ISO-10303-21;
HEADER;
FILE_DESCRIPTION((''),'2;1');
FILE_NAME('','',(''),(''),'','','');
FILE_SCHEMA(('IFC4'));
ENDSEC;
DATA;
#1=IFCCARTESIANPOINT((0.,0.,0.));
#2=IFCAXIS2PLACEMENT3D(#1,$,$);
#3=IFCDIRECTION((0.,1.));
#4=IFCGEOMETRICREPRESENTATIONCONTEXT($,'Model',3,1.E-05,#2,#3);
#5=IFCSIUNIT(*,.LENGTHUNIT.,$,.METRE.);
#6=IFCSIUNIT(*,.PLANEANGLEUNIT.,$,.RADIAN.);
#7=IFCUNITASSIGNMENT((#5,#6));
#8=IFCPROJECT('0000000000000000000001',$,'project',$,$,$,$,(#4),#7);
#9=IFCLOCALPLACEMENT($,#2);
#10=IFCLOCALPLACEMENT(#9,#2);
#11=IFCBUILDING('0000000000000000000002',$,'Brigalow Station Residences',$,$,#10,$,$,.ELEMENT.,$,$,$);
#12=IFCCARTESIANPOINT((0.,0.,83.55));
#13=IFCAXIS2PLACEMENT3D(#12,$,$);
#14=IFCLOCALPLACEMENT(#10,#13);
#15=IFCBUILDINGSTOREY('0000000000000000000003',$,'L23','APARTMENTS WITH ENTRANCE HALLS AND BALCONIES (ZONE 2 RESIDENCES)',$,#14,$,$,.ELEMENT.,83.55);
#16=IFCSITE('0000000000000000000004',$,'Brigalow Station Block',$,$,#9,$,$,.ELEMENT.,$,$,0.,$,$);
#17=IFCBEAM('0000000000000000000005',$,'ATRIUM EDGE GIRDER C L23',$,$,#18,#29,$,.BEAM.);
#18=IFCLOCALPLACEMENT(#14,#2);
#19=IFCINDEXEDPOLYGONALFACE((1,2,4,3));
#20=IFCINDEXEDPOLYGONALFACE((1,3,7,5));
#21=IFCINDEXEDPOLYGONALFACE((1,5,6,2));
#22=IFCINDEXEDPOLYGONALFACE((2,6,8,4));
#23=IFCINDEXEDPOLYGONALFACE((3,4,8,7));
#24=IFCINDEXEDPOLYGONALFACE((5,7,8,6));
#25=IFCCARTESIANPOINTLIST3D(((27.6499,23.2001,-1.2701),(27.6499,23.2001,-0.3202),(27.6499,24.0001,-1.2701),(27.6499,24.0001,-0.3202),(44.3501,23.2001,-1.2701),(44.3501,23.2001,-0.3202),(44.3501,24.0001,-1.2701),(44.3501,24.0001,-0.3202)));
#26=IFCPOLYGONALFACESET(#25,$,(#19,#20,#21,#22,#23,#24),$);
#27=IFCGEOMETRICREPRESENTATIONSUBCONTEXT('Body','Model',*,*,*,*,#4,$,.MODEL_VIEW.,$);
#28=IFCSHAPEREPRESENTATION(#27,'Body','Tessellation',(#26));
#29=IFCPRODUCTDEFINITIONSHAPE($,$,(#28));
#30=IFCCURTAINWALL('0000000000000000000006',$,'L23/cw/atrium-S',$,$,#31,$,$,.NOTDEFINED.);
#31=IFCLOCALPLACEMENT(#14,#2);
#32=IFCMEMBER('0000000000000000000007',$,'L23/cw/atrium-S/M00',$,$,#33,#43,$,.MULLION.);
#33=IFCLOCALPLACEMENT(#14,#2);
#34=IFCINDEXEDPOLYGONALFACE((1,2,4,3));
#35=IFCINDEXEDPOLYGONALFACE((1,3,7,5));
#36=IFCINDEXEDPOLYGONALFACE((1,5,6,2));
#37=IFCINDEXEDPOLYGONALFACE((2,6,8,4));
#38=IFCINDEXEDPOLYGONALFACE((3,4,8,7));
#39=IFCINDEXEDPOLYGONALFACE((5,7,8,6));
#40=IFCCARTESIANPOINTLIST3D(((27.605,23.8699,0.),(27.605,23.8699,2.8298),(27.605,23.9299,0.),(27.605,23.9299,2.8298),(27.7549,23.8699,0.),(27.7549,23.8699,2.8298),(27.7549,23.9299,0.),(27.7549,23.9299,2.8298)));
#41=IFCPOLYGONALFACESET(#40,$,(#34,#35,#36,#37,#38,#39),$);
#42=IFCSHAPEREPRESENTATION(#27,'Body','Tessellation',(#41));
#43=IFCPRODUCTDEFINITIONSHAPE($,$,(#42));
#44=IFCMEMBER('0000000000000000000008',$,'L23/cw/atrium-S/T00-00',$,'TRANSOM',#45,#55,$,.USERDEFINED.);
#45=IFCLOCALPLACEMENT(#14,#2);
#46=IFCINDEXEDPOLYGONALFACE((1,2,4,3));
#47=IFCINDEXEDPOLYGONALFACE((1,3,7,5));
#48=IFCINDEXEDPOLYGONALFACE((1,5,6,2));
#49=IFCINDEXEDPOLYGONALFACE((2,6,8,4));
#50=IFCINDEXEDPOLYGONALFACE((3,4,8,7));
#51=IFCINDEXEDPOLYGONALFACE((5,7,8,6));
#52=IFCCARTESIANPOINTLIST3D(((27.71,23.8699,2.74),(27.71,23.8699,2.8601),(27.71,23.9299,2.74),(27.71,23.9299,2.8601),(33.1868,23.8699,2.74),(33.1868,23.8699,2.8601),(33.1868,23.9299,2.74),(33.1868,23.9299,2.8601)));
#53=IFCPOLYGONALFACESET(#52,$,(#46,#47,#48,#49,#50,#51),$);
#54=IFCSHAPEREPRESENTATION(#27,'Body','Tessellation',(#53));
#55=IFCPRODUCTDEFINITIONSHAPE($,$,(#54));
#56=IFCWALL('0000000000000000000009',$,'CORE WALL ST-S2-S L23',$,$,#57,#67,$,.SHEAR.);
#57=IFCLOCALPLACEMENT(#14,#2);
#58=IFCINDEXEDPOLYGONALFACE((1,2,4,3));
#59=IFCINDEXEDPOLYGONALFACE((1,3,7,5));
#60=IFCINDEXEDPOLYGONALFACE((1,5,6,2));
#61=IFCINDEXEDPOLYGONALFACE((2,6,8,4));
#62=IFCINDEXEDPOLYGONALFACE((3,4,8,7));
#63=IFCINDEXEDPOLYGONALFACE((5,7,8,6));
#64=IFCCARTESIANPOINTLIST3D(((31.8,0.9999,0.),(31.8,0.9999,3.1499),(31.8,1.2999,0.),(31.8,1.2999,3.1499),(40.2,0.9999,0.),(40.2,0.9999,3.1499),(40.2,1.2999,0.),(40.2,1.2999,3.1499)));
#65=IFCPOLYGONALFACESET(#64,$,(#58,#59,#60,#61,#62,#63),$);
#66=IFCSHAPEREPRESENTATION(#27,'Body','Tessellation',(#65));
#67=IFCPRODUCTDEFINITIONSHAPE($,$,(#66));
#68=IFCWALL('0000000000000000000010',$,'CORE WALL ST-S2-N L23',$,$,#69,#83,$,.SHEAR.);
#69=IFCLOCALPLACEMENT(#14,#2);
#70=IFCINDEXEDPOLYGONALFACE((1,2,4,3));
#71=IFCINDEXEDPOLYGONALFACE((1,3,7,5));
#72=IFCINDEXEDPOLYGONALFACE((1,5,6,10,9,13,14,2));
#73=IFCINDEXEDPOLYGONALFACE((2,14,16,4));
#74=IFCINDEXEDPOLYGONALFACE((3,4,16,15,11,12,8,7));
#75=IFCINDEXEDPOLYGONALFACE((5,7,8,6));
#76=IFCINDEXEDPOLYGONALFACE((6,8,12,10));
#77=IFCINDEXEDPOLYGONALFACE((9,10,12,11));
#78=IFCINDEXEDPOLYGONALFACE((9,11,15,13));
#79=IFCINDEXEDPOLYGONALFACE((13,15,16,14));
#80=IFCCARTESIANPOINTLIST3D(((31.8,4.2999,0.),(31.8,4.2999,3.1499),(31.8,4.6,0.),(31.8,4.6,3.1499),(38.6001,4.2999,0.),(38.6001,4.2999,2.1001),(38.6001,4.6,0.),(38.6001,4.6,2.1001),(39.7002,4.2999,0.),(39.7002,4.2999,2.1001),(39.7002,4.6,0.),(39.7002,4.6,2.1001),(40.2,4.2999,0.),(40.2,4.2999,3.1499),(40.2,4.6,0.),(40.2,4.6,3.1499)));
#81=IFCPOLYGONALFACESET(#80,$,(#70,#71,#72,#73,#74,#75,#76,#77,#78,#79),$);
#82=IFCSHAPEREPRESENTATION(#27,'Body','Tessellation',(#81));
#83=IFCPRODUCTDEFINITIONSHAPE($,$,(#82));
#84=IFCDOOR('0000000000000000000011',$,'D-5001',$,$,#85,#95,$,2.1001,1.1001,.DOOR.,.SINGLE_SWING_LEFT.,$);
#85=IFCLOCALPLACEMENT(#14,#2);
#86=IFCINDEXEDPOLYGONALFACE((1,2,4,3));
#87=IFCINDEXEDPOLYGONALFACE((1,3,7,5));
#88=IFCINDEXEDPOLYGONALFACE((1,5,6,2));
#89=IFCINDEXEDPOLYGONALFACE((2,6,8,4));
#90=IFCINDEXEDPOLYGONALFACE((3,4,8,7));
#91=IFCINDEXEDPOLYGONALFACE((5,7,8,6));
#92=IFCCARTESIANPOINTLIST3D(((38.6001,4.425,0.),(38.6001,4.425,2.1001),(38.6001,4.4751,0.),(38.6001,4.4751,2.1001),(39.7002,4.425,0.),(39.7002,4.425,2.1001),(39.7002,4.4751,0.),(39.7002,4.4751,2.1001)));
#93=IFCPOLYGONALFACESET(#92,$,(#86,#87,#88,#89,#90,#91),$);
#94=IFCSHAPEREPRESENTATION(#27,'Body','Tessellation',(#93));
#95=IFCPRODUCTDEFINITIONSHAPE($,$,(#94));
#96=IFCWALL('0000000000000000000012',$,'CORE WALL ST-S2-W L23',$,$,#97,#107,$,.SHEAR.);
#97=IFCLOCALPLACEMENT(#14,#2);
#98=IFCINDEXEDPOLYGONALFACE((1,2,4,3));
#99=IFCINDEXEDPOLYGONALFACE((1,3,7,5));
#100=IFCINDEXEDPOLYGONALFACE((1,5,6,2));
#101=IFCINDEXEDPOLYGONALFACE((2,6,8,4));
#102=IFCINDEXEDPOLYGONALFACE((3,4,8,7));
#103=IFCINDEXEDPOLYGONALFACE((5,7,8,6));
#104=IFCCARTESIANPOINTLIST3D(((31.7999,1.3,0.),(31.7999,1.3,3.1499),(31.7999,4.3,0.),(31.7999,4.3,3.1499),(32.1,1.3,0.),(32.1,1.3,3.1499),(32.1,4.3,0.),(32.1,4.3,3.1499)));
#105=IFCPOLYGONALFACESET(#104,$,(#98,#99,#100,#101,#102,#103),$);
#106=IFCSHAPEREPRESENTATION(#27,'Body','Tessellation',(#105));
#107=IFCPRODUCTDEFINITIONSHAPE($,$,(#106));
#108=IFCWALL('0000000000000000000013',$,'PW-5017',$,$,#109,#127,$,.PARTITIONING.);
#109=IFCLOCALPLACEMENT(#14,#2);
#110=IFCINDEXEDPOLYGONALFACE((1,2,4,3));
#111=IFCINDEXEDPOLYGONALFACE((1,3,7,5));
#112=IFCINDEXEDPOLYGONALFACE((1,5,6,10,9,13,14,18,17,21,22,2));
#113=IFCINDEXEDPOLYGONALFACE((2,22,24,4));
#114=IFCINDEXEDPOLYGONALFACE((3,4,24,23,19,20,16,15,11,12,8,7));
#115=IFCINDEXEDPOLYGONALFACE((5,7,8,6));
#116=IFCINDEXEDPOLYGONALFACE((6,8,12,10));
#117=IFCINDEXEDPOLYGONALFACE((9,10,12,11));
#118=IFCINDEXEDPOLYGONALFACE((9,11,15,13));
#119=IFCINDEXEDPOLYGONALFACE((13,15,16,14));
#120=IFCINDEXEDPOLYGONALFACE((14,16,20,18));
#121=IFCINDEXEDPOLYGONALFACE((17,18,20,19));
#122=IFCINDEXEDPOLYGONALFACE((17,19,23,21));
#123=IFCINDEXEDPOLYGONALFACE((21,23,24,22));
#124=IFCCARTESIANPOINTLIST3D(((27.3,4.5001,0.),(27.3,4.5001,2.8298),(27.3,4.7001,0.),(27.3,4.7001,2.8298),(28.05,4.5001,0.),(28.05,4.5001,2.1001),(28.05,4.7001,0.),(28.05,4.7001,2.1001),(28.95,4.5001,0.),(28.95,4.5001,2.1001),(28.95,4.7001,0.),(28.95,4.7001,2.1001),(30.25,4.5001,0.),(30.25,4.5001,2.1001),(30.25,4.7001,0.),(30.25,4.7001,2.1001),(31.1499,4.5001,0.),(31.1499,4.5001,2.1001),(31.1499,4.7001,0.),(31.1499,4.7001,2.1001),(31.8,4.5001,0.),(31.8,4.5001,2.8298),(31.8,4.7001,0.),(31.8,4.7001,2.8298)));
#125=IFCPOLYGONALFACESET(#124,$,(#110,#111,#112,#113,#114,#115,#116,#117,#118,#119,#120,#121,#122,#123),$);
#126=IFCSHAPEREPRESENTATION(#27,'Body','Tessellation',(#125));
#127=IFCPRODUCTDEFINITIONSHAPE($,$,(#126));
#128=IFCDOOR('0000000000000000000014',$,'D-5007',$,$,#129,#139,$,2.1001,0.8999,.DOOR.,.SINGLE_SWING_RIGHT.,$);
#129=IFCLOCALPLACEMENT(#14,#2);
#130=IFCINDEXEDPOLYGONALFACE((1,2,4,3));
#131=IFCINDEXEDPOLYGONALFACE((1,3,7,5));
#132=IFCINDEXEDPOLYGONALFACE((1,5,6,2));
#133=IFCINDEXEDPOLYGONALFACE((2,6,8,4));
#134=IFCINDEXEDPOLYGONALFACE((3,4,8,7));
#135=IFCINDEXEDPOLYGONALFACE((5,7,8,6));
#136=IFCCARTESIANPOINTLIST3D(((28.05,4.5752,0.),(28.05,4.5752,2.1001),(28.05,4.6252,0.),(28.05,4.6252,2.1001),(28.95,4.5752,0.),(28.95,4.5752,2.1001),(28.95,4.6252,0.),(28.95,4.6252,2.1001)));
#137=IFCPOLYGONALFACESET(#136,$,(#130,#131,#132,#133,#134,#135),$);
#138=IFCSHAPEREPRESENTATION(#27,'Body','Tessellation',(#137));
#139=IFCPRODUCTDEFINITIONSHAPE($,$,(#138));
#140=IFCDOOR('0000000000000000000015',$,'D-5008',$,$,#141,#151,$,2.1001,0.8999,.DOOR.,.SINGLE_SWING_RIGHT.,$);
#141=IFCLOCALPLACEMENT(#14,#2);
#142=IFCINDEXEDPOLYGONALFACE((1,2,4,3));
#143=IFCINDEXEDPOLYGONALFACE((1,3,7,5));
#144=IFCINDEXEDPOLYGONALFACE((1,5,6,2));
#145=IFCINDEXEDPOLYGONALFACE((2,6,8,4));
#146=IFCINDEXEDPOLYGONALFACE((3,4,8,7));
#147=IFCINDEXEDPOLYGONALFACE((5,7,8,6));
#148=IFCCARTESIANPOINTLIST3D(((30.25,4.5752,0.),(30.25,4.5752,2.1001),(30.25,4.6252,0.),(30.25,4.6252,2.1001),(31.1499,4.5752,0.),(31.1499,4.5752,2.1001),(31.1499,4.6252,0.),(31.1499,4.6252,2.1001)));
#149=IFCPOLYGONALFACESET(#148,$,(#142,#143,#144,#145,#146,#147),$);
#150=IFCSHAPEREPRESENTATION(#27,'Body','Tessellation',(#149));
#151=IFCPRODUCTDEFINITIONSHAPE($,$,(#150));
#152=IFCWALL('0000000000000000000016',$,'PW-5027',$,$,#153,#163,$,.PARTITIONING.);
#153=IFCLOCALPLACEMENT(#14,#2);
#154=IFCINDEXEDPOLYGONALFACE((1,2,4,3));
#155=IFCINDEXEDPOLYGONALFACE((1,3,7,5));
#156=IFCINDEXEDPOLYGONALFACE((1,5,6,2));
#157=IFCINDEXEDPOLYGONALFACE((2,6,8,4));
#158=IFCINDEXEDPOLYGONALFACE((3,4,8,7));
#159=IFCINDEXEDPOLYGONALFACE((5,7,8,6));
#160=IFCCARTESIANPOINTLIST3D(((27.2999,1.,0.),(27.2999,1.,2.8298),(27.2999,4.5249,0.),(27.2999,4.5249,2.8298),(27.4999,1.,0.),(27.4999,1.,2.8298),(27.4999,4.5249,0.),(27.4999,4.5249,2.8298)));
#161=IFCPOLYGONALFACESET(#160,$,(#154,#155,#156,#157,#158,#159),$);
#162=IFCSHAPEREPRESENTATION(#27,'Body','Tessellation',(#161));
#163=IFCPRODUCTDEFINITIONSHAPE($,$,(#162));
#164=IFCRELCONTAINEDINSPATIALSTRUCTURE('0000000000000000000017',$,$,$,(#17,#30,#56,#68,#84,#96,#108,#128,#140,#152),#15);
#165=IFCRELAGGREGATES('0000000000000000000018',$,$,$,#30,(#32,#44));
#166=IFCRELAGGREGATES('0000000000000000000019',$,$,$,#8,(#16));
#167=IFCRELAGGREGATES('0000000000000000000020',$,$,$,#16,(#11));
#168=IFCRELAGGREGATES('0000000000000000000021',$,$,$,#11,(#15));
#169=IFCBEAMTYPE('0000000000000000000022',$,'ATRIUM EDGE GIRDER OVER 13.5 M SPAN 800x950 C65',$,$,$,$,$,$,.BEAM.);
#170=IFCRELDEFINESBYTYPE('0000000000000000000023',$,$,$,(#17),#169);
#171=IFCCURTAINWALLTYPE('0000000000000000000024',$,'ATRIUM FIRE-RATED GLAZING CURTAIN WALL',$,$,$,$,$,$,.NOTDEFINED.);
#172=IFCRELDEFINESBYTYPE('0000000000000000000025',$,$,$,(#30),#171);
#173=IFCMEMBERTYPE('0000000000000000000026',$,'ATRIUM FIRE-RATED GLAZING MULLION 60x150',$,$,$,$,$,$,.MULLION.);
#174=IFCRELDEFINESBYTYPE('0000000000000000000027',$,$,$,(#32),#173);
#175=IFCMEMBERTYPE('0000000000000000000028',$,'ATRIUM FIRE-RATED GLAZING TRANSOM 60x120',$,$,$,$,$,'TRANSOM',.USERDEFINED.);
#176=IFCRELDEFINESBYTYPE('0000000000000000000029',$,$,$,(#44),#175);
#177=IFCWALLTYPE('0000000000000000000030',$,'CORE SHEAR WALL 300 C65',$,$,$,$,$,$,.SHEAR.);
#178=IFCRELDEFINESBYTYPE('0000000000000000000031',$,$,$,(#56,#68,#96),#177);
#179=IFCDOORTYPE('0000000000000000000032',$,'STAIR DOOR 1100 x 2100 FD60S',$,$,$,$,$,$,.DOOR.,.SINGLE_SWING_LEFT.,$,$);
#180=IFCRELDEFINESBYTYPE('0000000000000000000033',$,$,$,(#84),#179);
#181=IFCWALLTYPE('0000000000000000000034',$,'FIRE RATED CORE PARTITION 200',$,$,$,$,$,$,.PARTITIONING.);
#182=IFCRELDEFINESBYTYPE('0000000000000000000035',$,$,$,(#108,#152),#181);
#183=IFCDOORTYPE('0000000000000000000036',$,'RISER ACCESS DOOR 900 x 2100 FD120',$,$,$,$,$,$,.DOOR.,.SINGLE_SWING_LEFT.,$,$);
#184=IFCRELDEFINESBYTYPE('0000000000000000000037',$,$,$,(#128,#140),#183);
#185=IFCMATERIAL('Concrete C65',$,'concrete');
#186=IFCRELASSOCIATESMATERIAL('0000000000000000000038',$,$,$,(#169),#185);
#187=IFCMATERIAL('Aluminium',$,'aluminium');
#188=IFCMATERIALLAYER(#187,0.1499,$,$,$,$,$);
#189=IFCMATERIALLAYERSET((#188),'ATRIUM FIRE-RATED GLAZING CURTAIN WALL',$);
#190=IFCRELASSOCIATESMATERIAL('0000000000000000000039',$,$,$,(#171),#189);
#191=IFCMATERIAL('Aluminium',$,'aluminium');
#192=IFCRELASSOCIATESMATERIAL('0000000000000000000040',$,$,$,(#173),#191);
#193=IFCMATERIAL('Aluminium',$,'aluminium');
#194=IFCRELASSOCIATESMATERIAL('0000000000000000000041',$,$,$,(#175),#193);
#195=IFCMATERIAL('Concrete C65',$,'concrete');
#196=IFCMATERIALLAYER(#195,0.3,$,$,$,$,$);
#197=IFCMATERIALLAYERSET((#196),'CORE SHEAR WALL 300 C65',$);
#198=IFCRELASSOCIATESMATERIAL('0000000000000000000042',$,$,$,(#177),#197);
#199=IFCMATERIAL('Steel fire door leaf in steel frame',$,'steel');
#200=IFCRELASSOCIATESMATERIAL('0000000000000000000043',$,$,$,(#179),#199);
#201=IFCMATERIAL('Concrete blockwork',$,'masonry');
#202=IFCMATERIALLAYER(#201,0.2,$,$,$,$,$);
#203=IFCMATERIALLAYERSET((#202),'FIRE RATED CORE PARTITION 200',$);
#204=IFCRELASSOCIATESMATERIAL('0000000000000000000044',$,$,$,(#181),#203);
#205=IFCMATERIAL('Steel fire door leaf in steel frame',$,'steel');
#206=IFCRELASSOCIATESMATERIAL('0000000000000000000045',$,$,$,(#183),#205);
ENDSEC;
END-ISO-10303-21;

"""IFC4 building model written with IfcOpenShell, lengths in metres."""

from ifc_helpers import new_model, si_unit, direction, frame, frame_2d, origin, origin_2d, place, context, subcontext, project, spatial, rectangle, extrude, material, layer, layer_set, material_profile, profile_set, type_object, element, fill, aggregate, save


model = new_model("IFC4")

# Units and contexts
model_context = context("Model", 3, precision=1e-05, world=origin(), true_north=direction((0.0, 1.0)))
body_context = subcontext(model_context, "Body", "Model", "MODEL_VIEW")
ifc_project = project(units=[si_unit("LENGTHUNIT", "METRE"), si_unit("PLANEANGLEUNIT", "RADIAN")], contexts=[model_context])

# Site, building, storey
site_placement = place(None, origin())
site = spatial("IfcSite", under=ifc_project, at=site_placement, Name="Brigalow Station Block", CompositionType="ELEMENT", RefElevation=0.0)
building_placement = place(site_placement, origin())
building = spatial("IfcBuilding", under=site, at=building_placement, Name="Brigalow Station Residences", CompositionType="ELEMENT")
storey_placement = place(building_placement, frame((0.0, 0.0, 83.55)))
storey = spatial("IfcBuildingStorey", under=building, at=storey_placement, Name="L23", Description="APARTMENTS WITH ENTRANCE HALLS AND BALCONIES (ZONE 2 RESIDENCES)", CompositionType="ELEMENT", Elevation=83.55)

# Beam
ifc_material_1 = material(Name="Concrete C65", Category="concrete")
ifc_material_profile_1 = material_profile(ifc_material_1, rectangle(XDim=0.8, YDim=0.95, at=origin_2d()), Name="RC800x950")
ifc_profile_set_1 = profile_set([ifc_material_profile_1], Name="Concrete C65")
beam_type = type_object("IfcBeamType", Name="ATRIUM EDGE GIRDER OVER 13.5 M SPAN 800x950 C65", PredefinedType="BEAM", material=ifc_profile_set_1)
beam_placement = place(storey_placement, frame((27.6499, 23.6001, -0.7952), z_axis=(1.0, 0.0, 0.0), x_axis=(0.0, 1.0, 0.0)))
element("IfcBeam", 1, at=beam_placement, inside=storey, type_object=beam_type, Name="ATRIUM EDGE GIRDER C L23", PredefinedType="BEAM", context=body_context, shape_type="SweptSolid", body=[
    extrude(rectangle(XDim=0.8, YDim=0.95, at=origin_2d()), origin(), (0.0, 0.0, 1.0), 16.7002),
])

# Curtain wall, members
ifc_material_2 = material(Name="Aluminium", Category="aluminium")
ifc_layer_1 = layer(ifc_material_2, 0.1499)
ifc_layer_set_1 = layer_set([ifc_layer_1], Name="ATRIUM FIRE-RATED GLAZING CURTAIN WALL")
curtain_wall_type = type_object("IfcCurtainWallType", Name="ATRIUM FIRE-RATED GLAZING CURTAIN WALL", PredefinedType="NOTDEFINED", material=ifc_layer_set_1)
curtain_wall_placement = place(storey_placement, origin())
curtain_wall = element("IfcCurtainWall", 2, at=curtain_wall_placement, inside=storey, type_object=curtain_wall_type, Name="L23/cw/atrium-S", PredefinedType="NOTDEFINED")
ifc_material_3 = material(Name="Aluminium", Category="aluminium")
ifc_material_profile_2 = material_profile(ifc_material_3, rectangle(XDim=0.0601, YDim=0.1499, at=origin_2d()), Name="ATRIUM FIRE-RATED GLAZING MULLION 60x150")
ifc_profile_set_2 = profile_set([ifc_material_profile_2], Name="Aluminium")
member_type_1 = type_object("IfcMemberType", Name="ATRIUM FIRE-RATED GLAZING MULLION 60x150", PredefinedType="MULLION", material=ifc_profile_set_2)
member_1_placement = place(storey_placement, frame((27.6799, 23.8999, 0.0), z_axis=(0.0, 0.0, 1.0), x_axis=(0.0, 1.0, 0.0)))
member_1 = element("IfcMember", 3, at=member_1_placement, type_object=member_type_1, Name="L23/cw/atrium-S/M00", PredefinedType="MULLION", context=body_context, shape_type="SweptSolid", body=[
    extrude(rectangle(XDim=0.0601, YDim=0.1499, at=origin_2d()), origin(), (0.0, 0.0, 1.0), 2.8298),
])
ifc_material_4 = material(Name="Aluminium", Category="aluminium")
ifc_material_profile_3 = material_profile(ifc_material_4, rectangle(XDim=0.0601, YDim=0.1201, at=origin_2d()), Name="ATRIUM FIRE-RATED GLAZING TRANSOM 60x120")
ifc_profile_set_3 = profile_set([ifc_material_profile_3], Name="Aluminium")
member_type_2 = type_object("IfcMemberType", Name="ATRIUM FIRE-RATED GLAZING TRANSOM 60x120", ElementType="TRANSOM", PredefinedType="USERDEFINED", material=ifc_profile_set_3)
member_2_placement = place(storey_placement, frame((27.71, 23.8999, 2.8), z_axis=(1.0, 0.0, 0.0), x_axis=(0.0, 1.0, 0.0)))
member_2 = element("IfcMember", 4, at=member_2_placement, type_object=member_type_2, Name="L23/cw/atrium-S/T00-00", ObjectType="TRANSOM", PredefinedType="USERDEFINED", context=body_context, shape_type="SweptSolid", body=[
    extrude(rectangle(XDim=0.0601, YDim=0.1201, at=origin_2d()), origin(), (0.0, 0.0, 1.0), 5.4768),
])
aggregate(curtain_wall, [member_1, member_2])

# Wall
ifc_material_5 = material(Name="Concrete C65", Category="concrete")
ifc_layer_2 = layer(ifc_material_5, 0.3)
ifc_layer_set_2 = layer_set([ifc_layer_2], Name="CORE SHEAR WALL 300 C65")
wall_type_1 = type_object("IfcWallType", Name="CORE SHEAR WALL 300 C65", PredefinedType="SHEAR", material=ifc_layer_set_2)
wall_1_placement = place(storey_placement, frame((31.8, 1.1499, 0.0), z_axis=(0.0, 0.0, 1.0), x_axis=(1.0, 0.0, 0.0)))
element("IfcWall", 5, at=wall_1_placement, inside=storey, type_object=wall_type_1, Name="CORE WALL ST-S2-S L23", PredefinedType="SHEAR", context=body_context, shape_type="SweptSolid", body=[
    extrude(rectangle(XDim=8.3999, YDim=0.3, at=frame_2d((4.2, 0.0))), origin(), (0.0, 0.0, 1.0), 3.1499),
])

# Wall, opening, door
wall_2_placement = place(storey_placement, frame((31.8, 4.45, 0.0), z_axis=(0.0, 0.0, 1.0), x_axis=(1.0, 0.0, 0.0)))
wall_2 = element("IfcWall", 6, at=wall_2_placement, inside=storey, type_object=wall_type_1, Name="CORE WALL ST-S2-N L23", PredefinedType="SHEAR", context=body_context, shape_type="SweptSolid", body=[
    extrude(rectangle(XDim=8.3999, YDim=0.3, at=frame_2d((4.2, 0.0))), origin(), (0.0, 0.0, 1.0), 3.1499),
])
opening_1_placement = place(wall_2_placement, frame((6.8, 0.0, 0.0)))
opening_1 = element("IfcOpeningElement", 7, at=opening_1_placement, cuts=wall_2, PredefinedType="OPENING", context=body_context, shape_type="SweptSolid", body=[
    extrude(rectangle(XDim=1.1001, YDim=2.1001, at=frame_2d((0.55, 1.05))), frame((0.0, 0.1602, 0.0), z_axis=(0.0, -1.0, 0.0), x_axis=(1.0, 0.0, 0.0)), (0.0, 0.0, 1.0), 0.3201),
])
ifc_material_6 = material(Name="Steel fire door leaf in steel frame", Category="steel")
door_type_1 = type_object("IfcDoorType", Name="STAIR DOOR 1100 x 2100 FD60S", OperationType="SINGLE_SWING_LEFT", PredefinedType="DOOR", material=ifc_material_6)
door_1_placement = place(opening_1_placement, frame((1.1001, 0.0, 0.0), z_axis=(0.0, 0.0, 1.0), x_axis=(-1.0, 0.0, 0.0)))
door_1 = element("IfcDoor", 8, at=door_1_placement, inside=storey, type_object=door_type_1, Name="D-5001", OperationType="SINGLE_SWING_LEFT", OverallHeight=2.1001, OverallWidth=1.1001, PredefinedType="DOOR", context=body_context, shape_type="SweptSolid", body=[
    extrude(rectangle(XDim=1.1001, YDim=2.1001, at=frame_2d((0.55, 1.05))), frame((0.0, 0.0249, 0.0), z_axis=(0.0, -1.0, 0.0), x_axis=(1.0, 0.0, 0.0)), (0.0, 0.0, 1.0), 0.05),
])
fill(opening_1, door_1)

# Wall
wall_3_placement = place(storey_placement, frame((31.95, 1.3, 0.0), z_axis=(0.0, 0.0, 1.0), x_axis=(0.0, 1.0, 0.0)))
element("IfcWall", 9, at=wall_3_placement, inside=storey, type_object=wall_type_1, Name="CORE WALL ST-S2-W L23", PredefinedType="SHEAR", context=body_context, shape_type="SweptSolid", body=[
    extrude(rectangle(XDim=3.0, YDim=0.3, at=frame_2d((1.5, 0.0))), origin(), (0.0, 0.0, 1.0), 3.1499),
])

# Wall, openings, doors
ifc_material_7 = material(Name="Concrete blockwork", Category="masonry")
ifc_layer_3 = layer(ifc_material_7, 0.2)
ifc_layer_set_3 = layer_set([ifc_layer_3], Name="FIRE RATED CORE PARTITION 200")
wall_type_2 = type_object("IfcWallType", Name="FIRE RATED CORE PARTITION 200", PredefinedType="PARTITIONING", material=ifc_layer_set_3)
wall_4_placement = place(storey_placement, frame((27.3, 4.6001, 0.0), z_axis=(0.0, 0.0, 1.0), x_axis=(1.0, 0.0, 0.0)))
wall_4 = element("IfcWall", 10, at=wall_4_placement, inside=storey, type_object=wall_type_2, Name="PW-5017", PredefinedType="PARTITIONING", context=body_context, shape_type="SweptSolid", body=[
    extrude(rectangle(XDim=4.5, YDim=0.2, at=frame_2d((2.25, 0.0))), origin(), (0.0, 0.0, 1.0), 2.8298),
])
opening_2_placement = place(wall_4_placement, frame((0.75, 0.0, 0.0)))
opening_2 = element("IfcOpeningElement", 11, at=opening_2_placement, cuts=wall_4, PredefinedType="OPENING", context=body_context, shape_type="SweptSolid", body=[
    extrude(rectangle(XDim=0.8999, YDim=2.1001, at=frame_2d((0.45, 1.05))), frame((0.0, 0.1099, 0.0), z_axis=(0.0, -1.0, 0.0), x_axis=(1.0, 0.0, 0.0)), (0.0, 0.0, 1.0), 0.22),
])
opening_3_placement = place(wall_4_placement, frame((2.95, 0.0, 0.0)))
opening_3 = element("IfcOpeningElement", 12, at=opening_3_placement, cuts=wall_4, PredefinedType="OPENING", context=body_context, shape_type="SweptSolid", body=[
    extrude(rectangle(XDim=0.8999, YDim=2.1001, at=frame_2d((0.45, 1.05))), frame((0.0, 0.1099, 0.0), z_axis=(0.0, -1.0, 0.0), x_axis=(1.0, 0.0, 0.0)), (0.0, 0.0, 1.0), 0.22),
])
ifc_material_8 = material(Name="Steel fire door leaf in steel frame", Category="steel")
door_type_2 = type_object("IfcDoorType", Name="RISER ACCESS DOOR 900 x 2100 FD120", OperationType="SINGLE_SWING_LEFT", PredefinedType="DOOR", material=ifc_material_8)
door_2_placement = place(opening_2_placement, frame((0.8999, 0.0, 0.0), z_axis=(0.0, 0.0, 1.0), x_axis=(-1.0, 0.0, 0.0)))
door_2 = element("IfcDoor", 13, at=door_2_placement, inside=storey, type_object=door_type_2, Name="D-5007", OperationType="SINGLE_SWING_RIGHT", OverallHeight=2.1001, OverallWidth=0.8999, PredefinedType="DOOR", context=body_context, shape_type="SweptSolid", body=[
    extrude(rectangle(XDim=0.8999, YDim=2.1001, at=frame_2d((0.45, 1.05))), frame((0.0, 0.0249, 0.0), z_axis=(0.0, -1.0, 0.0), x_axis=(1.0, 0.0, 0.0)), (0.0, 0.0, 1.0), 0.05),
])
fill(opening_2, door_2)
door_3_placement = place(opening_3_placement, frame((0.8999, 0.0, 0.0), z_axis=(0.0, 0.0, 1.0), x_axis=(-1.0, 0.0, 0.0)))
door_3 = element("IfcDoor", 14, at=door_3_placement, inside=storey, type_object=door_type_2, Name="D-5008", OperationType="SINGLE_SWING_RIGHT", OverallHeight=2.1001, OverallWidth=0.8999, PredefinedType="DOOR", context=body_context, shape_type="SweptSolid", body=[
    extrude(rectangle(XDim=0.8999, YDim=2.1001, at=frame_2d((0.45, 1.05))), frame((0.0, 0.0249, 0.0), z_axis=(0.0, -1.0, 0.0), x_axis=(1.0, 0.0, 0.0)), (0.0, 0.0, 1.0), 0.05),
])
fill(opening_3, door_3)

# Wall
wall_5_placement = place(storey_placement, frame((27.3999, 1.0, 0.0), z_axis=(0.0, 0.0, 1.0), x_axis=(0.0, 1.0, 0.0)))
element("IfcWall", 15, at=wall_5_placement, inside=storey, type_object=wall_type_2, Name="PW-5027", PredefinedType="PARTITIONING", context=body_context, shape_type="SweptSolid", body=[
    extrude(rectangle(XDim=3.5249, YDim=0.2, at=frame_2d((1.7625, 0.0))), origin(), (0.0, 0.0, 1.0), 2.8298),
])

save(model, "model.ifc")
